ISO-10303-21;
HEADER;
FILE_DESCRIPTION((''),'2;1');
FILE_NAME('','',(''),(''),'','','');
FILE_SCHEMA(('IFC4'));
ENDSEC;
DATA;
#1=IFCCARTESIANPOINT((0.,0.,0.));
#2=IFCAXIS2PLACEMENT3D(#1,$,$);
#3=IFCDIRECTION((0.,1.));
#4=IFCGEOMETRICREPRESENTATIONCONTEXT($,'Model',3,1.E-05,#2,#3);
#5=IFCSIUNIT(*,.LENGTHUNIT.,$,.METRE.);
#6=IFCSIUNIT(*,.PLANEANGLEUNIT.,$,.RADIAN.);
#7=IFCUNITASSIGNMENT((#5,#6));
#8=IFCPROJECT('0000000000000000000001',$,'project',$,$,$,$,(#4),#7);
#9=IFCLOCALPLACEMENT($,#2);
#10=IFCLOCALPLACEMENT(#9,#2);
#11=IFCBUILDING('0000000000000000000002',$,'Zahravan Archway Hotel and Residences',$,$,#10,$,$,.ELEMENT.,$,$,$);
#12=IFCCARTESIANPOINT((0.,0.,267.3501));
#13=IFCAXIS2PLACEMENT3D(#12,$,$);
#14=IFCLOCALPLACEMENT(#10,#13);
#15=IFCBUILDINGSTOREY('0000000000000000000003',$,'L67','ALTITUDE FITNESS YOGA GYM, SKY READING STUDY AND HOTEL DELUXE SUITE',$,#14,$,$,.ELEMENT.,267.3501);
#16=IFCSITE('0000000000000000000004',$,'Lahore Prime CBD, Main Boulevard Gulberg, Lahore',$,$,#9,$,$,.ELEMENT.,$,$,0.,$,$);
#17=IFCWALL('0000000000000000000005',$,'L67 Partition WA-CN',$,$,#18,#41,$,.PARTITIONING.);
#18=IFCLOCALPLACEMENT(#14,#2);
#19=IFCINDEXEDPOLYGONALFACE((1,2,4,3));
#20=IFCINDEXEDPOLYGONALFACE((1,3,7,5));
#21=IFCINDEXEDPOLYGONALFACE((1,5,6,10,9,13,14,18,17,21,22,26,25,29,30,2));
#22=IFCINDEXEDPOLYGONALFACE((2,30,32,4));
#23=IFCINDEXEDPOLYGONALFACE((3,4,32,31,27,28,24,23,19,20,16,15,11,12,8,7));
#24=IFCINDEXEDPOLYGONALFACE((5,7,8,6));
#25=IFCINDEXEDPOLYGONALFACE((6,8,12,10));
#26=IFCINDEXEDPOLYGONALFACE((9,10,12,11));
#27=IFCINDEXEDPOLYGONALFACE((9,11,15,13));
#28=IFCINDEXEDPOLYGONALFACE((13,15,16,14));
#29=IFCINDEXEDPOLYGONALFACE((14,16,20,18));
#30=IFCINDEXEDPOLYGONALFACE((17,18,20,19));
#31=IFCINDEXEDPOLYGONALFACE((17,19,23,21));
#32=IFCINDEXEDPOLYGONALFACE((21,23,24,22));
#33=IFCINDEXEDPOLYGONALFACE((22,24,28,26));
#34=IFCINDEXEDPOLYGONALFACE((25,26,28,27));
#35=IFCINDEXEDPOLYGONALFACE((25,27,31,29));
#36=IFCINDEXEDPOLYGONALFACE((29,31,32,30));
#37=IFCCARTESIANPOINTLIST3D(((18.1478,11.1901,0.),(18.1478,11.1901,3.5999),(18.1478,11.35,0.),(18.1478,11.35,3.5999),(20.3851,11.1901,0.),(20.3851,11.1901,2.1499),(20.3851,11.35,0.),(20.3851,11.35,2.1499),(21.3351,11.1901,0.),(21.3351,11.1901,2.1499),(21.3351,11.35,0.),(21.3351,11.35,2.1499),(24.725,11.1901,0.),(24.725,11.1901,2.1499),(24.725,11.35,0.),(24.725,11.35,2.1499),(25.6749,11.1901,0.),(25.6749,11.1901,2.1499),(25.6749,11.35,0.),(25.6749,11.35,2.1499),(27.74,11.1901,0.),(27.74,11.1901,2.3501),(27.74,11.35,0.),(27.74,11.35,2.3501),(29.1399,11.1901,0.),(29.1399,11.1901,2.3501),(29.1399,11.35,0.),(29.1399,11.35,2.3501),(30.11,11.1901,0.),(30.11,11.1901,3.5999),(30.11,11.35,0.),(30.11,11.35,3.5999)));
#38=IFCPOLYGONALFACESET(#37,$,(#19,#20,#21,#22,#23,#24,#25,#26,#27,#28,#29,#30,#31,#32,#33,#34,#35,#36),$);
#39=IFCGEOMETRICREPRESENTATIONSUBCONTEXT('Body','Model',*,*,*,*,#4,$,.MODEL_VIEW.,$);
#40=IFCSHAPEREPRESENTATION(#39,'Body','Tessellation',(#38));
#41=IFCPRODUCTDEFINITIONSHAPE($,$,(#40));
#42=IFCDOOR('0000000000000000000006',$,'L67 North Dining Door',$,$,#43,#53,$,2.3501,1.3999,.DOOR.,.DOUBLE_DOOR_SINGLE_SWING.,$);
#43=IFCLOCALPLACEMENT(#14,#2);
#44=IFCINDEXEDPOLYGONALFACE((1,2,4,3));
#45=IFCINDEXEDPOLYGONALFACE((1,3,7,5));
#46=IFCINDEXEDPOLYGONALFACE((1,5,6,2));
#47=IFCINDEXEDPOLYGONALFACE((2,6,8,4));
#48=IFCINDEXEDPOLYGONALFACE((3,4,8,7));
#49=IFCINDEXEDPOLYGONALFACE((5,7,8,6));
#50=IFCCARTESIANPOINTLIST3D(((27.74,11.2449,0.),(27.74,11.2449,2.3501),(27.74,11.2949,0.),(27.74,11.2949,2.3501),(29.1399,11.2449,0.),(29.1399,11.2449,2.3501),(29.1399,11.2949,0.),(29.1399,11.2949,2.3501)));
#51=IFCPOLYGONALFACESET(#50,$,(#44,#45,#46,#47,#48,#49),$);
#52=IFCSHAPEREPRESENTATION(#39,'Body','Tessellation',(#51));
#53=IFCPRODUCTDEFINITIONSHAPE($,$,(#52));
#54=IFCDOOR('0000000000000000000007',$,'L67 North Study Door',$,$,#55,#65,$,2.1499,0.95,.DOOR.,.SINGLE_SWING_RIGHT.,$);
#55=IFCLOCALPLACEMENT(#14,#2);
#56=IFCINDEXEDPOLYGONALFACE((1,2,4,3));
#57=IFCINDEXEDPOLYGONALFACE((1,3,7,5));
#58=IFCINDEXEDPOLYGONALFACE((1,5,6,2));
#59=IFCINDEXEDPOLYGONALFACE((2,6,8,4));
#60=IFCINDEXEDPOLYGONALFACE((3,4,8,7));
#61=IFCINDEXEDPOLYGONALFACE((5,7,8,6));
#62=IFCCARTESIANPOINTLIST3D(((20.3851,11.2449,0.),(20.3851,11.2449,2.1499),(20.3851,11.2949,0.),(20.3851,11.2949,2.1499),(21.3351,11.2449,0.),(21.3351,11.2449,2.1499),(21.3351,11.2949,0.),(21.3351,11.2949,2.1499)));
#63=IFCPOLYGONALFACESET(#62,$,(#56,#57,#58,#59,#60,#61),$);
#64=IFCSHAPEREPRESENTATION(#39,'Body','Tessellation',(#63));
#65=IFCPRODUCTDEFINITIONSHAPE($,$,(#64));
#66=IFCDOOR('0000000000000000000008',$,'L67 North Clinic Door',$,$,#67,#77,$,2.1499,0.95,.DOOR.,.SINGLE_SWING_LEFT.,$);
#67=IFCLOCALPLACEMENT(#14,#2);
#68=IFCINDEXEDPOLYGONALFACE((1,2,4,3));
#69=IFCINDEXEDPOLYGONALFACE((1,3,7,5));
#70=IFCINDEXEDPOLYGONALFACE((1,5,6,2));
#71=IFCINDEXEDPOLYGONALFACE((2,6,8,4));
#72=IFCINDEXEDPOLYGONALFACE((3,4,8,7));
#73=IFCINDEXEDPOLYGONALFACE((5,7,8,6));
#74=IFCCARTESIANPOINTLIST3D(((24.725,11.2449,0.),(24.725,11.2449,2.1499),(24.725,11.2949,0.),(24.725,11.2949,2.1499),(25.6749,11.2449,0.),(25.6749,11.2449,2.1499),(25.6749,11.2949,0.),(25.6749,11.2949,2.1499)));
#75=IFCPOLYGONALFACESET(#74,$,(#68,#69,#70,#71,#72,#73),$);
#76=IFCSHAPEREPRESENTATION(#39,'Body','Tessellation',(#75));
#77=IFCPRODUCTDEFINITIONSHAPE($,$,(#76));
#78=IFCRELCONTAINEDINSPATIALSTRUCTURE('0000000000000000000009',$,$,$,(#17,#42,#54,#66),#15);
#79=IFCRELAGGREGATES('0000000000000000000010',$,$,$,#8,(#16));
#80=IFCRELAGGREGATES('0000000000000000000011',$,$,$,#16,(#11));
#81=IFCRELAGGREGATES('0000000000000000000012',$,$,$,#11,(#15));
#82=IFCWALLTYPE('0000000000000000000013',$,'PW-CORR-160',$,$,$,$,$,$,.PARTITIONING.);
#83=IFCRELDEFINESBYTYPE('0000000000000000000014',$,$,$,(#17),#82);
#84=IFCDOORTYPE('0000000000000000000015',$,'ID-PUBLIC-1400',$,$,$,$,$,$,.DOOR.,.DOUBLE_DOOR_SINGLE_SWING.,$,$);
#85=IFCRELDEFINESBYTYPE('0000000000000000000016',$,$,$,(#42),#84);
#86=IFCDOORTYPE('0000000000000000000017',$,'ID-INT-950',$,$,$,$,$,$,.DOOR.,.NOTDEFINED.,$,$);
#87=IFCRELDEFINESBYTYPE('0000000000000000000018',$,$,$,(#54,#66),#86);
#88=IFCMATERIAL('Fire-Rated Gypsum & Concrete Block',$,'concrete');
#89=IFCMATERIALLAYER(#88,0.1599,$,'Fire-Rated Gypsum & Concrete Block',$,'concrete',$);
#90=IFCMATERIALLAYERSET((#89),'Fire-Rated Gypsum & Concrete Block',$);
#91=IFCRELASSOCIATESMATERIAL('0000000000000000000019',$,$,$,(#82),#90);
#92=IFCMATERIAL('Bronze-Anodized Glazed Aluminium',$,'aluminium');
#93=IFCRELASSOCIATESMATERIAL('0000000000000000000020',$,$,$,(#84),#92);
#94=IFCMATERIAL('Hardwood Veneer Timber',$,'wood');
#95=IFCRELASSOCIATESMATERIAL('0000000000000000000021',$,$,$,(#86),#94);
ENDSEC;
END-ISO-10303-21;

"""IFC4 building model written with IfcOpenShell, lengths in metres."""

from ifc_helpers import new_model, si_unit, direction, frame, frame_2d, origin, place, context, subcontext, project, spatial, rectangle, extrude, source, transform, mapped, material, layer, layer_set, type_object, type_shapes, element, fill, save


model = new_model("IFC4")

# Units and contexts
model_context = context("Model", 3, precision=1e-05, world=origin(), true_north=direction((0.0, 1.0)))
body_context = subcontext(model_context, "Body", "Model", "MODEL_VIEW")
ifc_project = project(units=[si_unit("LENGTHUNIT", "METRE"), si_unit("PLANEANGLEUNIT", "RADIAN")], contexts=[model_context])

# Site, building, storey
site_placement = place(None, origin())
site = spatial("IfcSite", under=ifc_project, at=site_placement, Name="Lahore Prime CBD, Main Boulevard Gulberg, Lahore", CompositionType="ELEMENT", RefElevation=0.0)
building_placement = place(site_placement, origin())
building = spatial("IfcBuilding", under=site, at=building_placement, Name="Zahravan Archway Hotel and Residences", CompositionType="ELEMENT")
storey_placement = place(building_placement, frame((0.0, 0.0, 267.3501)))
storey = spatial("IfcBuildingStorey", under=building, at=storey_placement, Name="L67", Description="ALTITUDE FITNESS YOGA GYM, SKY READING STUDY AND HOTEL DELUXE SUITE", CompositionType="ELEMENT", Elevation=267.3501)

# Shared definitions
ifc_material_1 = material(Name="Bronze-Anodized Glazed Aluminium", Category="aluminium")

# Wall, openings, doors
ifc_material_2 = material(Name="Fire-Rated Gypsum & Concrete Block", Category="concrete")
ifc_layer_1 = layer(ifc_material_2, 0.1599, Name="Fire-Rated Gypsum & Concrete Block", Category="concrete")
ifc_layer_set_1 = layer_set([ifc_layer_1], Name="Fire-Rated Gypsum & Concrete Block")
wall_type_1 = type_object("IfcWallType", Name="PW-CORR-160", PredefinedType="PARTITIONING", material=ifc_layer_set_1)
wall_1_placement = place(storey_placement, frame((18.1479, 11.27, 0.0), z_axis=(0.0, 0.0, 1.0), x_axis=(1.0, 0.0, 0.0)))
wall_1 = element("IfcWall", 1, at=wall_1_placement, inside=storey, type_object=wall_type_1, Name="L67 Partition WA-CN", PredefinedType="PARTITIONING", context=body_context, shape_type="SweptSolid", body=[
    extrude(rectangle(XDim=11.9622, YDim=0.1599, at=frame_2d((5.981, 0.0))), origin(), (0.0, 0.0, 1.0), 3.5999),
])
opening_1_placement = place(wall_1_placement, frame((2.2371, 0.0, 0.0)))
opening_1 = element("IfcOpeningElement", 2, at=opening_1_placement, cuts=wall_1, PredefinedType="OPENING", context=body_context, shape_type="SweptSolid", body=[
    extrude(rectangle(XDim=0.95, YDim=2.1499, at=frame_2d((0.4751, 1.075))), frame((0.0, 0.0898, 0.0), z_axis=(0.0, -1.0, 0.0), x_axis=(1.0, 0.0, 0.0)), (0.0, 0.0, 1.0), 0.1799),
])
opening_2_placement = place(wall_1_placement, frame((6.5769, 0.0, 0.0)))
opening_2 = element("IfcOpeningElement", 3, at=opening_2_placement, cuts=wall_1, PredefinedType="OPENING", context=body_context, shape_type="SweptSolid", body=[
    extrude(rectangle(XDim=0.95, YDim=2.1499, at=frame_2d((0.4751, 1.075))), frame((0.0, 0.0898, 0.0), z_axis=(0.0, -1.0, 0.0), x_axis=(1.0, 0.0, 0.0)), (0.0, 0.0, 1.0), 0.1799),
])
opening_3_placement = place(wall_1_placement, frame((9.592, 0.0, 0.0)))
opening_3 = element("IfcOpeningElement", 4, at=opening_3_placement, cuts=wall_1, PredefinedType="OPENING", context=body_context, shape_type="SweptSolid", body=[
    extrude(rectangle(XDim=1.3999, YDim=2.3501, at=frame_2d((0.7, 1.175))), frame((0.0, 0.0898, 0.0), z_axis=(0.0, -1.0, 0.0), x_axis=(1.0, 0.0, 0.0)), (0.0, 0.0, 1.0), 0.1799),
])
door_type_1 = type_object("IfcDoorType", Name="ID-PUBLIC-1400", OperationType="DOUBLE_DOOR_SINGLE_SWING", PredefinedType="DOOR", material=ifc_material_1)
shared_shape_1 = source(origin(), body_context, "Body", "SweptSolid", [
    extrude(rectangle(XDim=1.3999, YDim=2.3501, at=frame_2d((0.7, 1.175))), frame((0.0, 0.0249, 0.0), z_axis=(0.0, -1.0, 0.0), x_axis=(1.0, 0.0, 0.0)), (0.0, 0.0, 1.0), 0.05),
])
type_shapes(door_type_1, [shared_shape_1])
door_1_placement = place(opening_3_placement, origin())
door_1 = element("IfcDoor", 5, at=door_1_placement, inside=storey, type_object=door_type_1, Name="L67 North Dining Door", OperationType="DOUBLE_DOOR_SINGLE_SWING", OverallHeight=2.3501, OverallWidth=1.3999, PredefinedType="DOOR", context=body_context, shape_type="MappedRepresentation", body=[
    mapped(shared_shape_1, transform((0.0, 0.0, 0.0), scale=1.0)),
])
fill(opening_3, door_1)
ifc_material_3 = material(Name="Hardwood Veneer Timber", Category="wood")
door_type_2 = type_object("IfcDoorType", Name="ID-INT-950", OperationType="NOTDEFINED", PredefinedType="DOOR", material=ifc_material_3)
shared_shape_2 = source(origin(), body_context, "Body", "SweptSolid", [
    extrude(rectangle(XDim=0.95, YDim=2.1499, at=frame_2d((0.4751, 1.075))), frame((0.0, 0.0249, 0.0), z_axis=(0.0, -1.0, 0.0), x_axis=(1.0, 0.0, 0.0)), (0.0, 0.0, 1.0), 0.05),
])
type_shapes(door_type_2, [shared_shape_2])
door_2_placement = place(opening_1_placement, origin())
door_2 = element("IfcDoor", 6, at=door_2_placement, inside=storey, type_object=door_type_2, Name="L67 North Study Door", OperationType="SINGLE_SWING_RIGHT", OverallHeight=2.1499, OverallWidth=0.95, PredefinedType="DOOR", context=body_context, shape_type="MappedRepresentation", body=[
    mapped(shared_shape_2, transform((0.0, 0.0, 0.0), scale=1.0)),
])
fill(opening_1, door_2)
door_3_placement = place(opening_2_placement, origin())
door_3 = element("IfcDoor", 7, at=door_3_placement, inside=storey, type_object=door_type_2, Name="L67 North Clinic Door", OperationType="SINGLE_SWING_LEFT", OverallHeight=2.1499, OverallWidth=0.95, PredefinedType="DOOR", context=body_context, shape_type="MappedRepresentation", body=[
    mapped(shared_shape_2, transform((0.0, 0.0, 0.0), scale=1.0)),
])
fill(opening_2, door_3)

save(model, "model.ifc")
